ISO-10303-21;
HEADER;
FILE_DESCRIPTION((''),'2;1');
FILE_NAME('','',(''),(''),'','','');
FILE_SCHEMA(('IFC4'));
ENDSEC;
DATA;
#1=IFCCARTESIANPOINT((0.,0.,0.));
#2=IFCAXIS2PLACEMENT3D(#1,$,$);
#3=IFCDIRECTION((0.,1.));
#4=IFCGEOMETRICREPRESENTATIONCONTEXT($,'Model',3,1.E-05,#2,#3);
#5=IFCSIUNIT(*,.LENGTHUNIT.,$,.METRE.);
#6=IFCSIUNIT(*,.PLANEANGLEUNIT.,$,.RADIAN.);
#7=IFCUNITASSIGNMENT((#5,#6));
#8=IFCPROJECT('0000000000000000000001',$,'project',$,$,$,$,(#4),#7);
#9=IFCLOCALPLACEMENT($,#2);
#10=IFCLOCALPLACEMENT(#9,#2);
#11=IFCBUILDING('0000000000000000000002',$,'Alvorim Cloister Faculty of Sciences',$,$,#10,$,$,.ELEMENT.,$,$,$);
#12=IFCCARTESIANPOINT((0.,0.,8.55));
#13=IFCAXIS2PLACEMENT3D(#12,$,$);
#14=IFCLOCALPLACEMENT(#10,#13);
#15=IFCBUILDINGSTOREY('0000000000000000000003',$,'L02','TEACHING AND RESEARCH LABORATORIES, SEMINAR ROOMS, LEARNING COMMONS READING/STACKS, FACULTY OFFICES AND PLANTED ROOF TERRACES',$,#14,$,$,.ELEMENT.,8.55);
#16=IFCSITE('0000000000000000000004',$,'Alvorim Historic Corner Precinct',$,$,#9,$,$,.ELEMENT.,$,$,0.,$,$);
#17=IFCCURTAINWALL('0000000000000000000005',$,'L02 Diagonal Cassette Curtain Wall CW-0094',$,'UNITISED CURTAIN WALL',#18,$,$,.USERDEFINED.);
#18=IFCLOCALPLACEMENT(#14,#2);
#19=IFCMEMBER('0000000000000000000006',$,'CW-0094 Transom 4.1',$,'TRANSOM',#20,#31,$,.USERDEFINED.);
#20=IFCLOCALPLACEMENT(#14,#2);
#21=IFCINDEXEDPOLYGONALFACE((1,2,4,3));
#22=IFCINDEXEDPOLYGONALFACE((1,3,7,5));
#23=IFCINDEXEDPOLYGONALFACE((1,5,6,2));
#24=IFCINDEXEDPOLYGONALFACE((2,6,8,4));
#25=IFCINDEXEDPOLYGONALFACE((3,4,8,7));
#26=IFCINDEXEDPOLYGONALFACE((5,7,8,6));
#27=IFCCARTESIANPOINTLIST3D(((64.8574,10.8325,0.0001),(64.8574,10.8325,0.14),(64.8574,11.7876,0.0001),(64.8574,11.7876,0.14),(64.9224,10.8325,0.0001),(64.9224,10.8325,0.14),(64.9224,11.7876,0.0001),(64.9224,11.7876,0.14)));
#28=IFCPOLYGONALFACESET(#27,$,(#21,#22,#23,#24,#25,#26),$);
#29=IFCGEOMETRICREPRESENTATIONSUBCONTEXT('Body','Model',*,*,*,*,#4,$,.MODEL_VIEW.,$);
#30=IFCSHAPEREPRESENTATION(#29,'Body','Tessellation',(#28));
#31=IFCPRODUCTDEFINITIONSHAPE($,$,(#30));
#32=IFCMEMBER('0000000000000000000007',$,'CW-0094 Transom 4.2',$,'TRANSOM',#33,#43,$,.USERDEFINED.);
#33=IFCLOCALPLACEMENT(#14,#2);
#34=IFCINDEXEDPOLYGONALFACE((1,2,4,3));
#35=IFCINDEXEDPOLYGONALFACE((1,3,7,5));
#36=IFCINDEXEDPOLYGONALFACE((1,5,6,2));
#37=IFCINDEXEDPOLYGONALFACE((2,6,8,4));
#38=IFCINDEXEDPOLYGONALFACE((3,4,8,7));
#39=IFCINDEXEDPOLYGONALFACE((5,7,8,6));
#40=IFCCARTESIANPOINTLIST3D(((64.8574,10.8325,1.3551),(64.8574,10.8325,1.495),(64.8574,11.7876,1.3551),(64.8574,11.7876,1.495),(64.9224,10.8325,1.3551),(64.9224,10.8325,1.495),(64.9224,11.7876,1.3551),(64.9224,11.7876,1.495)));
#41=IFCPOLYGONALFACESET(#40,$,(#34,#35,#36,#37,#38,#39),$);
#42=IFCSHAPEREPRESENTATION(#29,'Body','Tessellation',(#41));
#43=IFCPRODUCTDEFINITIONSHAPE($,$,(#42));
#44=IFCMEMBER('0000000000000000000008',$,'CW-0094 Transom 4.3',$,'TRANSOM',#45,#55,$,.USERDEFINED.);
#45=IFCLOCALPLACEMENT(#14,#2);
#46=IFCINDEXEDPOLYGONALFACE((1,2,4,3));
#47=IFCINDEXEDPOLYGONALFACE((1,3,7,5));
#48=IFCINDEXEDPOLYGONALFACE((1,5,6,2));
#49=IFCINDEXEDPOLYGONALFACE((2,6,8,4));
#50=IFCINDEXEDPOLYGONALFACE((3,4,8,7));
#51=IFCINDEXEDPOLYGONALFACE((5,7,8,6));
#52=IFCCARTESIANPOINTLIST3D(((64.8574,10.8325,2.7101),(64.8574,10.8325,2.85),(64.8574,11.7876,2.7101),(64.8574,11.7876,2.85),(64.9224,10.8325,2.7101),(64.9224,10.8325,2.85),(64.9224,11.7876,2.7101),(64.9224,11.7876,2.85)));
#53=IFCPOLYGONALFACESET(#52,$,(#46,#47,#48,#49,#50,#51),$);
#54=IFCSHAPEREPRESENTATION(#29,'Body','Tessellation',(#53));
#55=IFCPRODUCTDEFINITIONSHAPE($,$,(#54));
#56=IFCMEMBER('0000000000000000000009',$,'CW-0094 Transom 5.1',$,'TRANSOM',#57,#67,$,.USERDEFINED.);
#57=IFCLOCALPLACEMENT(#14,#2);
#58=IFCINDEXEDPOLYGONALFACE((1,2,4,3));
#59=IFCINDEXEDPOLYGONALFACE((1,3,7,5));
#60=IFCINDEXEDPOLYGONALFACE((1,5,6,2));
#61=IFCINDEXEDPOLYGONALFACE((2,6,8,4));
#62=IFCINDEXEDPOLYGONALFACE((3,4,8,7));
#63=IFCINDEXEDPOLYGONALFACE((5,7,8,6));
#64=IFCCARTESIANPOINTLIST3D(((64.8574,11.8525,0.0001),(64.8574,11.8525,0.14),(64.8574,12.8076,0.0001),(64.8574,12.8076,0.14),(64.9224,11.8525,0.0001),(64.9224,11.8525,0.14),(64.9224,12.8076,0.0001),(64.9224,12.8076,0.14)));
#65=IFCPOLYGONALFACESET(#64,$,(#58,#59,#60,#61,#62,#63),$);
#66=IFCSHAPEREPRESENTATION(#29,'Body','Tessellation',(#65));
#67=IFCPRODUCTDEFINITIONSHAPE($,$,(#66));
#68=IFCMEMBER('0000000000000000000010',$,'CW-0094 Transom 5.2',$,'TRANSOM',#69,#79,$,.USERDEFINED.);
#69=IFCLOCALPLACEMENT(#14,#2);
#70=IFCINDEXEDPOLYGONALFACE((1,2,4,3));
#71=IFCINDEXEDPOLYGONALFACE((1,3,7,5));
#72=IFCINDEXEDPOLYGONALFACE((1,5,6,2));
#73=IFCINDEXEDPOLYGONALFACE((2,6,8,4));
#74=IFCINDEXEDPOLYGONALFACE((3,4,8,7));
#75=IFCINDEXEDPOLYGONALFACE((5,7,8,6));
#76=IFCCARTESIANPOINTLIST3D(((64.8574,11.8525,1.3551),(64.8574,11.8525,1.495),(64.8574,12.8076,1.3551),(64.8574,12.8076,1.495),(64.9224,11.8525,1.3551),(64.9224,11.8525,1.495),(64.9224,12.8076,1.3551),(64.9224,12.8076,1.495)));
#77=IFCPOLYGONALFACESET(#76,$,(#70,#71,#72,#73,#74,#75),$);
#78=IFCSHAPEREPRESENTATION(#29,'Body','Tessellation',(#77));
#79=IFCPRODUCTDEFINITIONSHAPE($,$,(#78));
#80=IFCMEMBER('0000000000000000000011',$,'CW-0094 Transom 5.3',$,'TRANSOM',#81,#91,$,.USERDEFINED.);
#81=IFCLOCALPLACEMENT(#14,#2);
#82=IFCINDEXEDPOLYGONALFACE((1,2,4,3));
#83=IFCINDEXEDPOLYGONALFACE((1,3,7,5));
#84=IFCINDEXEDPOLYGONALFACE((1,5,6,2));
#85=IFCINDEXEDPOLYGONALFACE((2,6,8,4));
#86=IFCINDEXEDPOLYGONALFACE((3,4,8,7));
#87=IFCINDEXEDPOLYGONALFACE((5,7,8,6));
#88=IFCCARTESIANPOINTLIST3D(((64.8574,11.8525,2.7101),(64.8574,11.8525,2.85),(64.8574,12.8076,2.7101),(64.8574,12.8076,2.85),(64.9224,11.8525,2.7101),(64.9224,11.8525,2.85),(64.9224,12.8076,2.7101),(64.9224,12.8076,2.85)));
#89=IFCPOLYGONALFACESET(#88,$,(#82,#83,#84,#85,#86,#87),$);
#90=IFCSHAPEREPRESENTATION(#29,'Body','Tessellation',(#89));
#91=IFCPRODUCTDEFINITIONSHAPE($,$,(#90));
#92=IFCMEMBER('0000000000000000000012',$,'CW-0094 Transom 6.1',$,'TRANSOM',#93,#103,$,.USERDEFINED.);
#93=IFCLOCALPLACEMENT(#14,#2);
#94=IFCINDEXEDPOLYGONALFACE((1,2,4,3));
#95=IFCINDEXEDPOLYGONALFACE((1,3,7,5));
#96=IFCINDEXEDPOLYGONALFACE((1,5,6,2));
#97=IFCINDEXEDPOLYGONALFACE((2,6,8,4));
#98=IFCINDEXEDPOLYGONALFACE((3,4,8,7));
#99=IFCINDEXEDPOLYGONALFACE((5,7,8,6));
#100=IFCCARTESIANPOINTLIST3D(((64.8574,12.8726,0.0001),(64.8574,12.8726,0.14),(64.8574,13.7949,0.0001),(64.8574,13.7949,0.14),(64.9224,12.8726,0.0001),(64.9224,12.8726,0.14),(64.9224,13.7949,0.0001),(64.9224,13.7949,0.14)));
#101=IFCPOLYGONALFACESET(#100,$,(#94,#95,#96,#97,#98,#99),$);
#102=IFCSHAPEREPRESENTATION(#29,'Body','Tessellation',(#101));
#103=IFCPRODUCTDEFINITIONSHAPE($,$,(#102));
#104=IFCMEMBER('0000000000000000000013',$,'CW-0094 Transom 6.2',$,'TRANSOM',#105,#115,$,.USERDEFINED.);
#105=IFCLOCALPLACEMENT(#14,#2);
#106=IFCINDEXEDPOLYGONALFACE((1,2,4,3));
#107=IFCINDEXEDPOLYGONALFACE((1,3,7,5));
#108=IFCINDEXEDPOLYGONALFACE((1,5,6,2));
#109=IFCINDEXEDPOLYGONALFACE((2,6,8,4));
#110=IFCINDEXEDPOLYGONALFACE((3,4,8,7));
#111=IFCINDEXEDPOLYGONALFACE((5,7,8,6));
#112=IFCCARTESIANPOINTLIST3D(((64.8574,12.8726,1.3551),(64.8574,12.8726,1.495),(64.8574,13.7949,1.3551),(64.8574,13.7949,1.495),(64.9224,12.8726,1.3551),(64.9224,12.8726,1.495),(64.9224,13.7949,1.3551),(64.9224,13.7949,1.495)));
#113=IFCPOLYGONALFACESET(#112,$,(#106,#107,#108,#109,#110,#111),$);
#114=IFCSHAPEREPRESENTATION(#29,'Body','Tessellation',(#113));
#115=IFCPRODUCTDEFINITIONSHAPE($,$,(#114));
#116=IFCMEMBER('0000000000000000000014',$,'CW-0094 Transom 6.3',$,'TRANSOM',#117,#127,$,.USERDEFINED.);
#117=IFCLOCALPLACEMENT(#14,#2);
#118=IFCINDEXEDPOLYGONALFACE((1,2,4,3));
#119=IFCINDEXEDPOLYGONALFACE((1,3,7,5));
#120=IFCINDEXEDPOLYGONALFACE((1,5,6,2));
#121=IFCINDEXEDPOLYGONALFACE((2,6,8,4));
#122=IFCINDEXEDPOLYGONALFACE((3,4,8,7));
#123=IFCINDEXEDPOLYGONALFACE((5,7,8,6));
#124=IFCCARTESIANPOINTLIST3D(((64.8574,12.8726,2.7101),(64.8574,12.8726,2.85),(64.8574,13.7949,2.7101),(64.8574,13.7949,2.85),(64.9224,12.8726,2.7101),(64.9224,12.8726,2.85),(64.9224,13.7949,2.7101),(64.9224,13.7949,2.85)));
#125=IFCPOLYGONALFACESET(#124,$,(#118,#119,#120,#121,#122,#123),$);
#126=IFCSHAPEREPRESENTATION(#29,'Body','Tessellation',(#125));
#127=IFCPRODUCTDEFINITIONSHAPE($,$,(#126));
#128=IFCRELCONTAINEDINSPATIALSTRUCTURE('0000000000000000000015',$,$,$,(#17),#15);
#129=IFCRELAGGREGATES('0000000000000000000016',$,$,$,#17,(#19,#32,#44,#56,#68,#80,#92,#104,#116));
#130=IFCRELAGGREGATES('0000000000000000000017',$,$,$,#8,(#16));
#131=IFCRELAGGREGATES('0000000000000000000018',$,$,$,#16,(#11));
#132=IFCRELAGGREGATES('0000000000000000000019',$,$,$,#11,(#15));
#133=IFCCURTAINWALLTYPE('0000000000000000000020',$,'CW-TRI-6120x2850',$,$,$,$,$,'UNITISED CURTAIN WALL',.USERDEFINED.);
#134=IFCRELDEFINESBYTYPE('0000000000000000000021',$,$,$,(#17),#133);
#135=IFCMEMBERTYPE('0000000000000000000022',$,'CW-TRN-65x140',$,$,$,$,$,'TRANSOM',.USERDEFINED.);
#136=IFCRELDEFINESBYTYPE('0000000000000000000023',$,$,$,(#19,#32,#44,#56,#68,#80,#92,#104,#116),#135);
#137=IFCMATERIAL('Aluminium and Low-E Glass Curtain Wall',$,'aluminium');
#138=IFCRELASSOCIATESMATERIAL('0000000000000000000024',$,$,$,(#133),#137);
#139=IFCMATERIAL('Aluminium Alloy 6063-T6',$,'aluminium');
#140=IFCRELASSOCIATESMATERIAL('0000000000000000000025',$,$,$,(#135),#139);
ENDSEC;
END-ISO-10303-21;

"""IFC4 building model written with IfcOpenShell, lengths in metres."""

from ifc_helpers import new_model, si_unit, direction, frame, origin, origin_2d, place, context, subcontext, project, spatial, rectangle, extrude, material, material_profile, profile_set, type_object, element, aggregate, save


model = new_model("IFC4")

# Units and contexts
model_context = context("Model", 3, precision=1e-05, world=origin(), true_north=direction((0.0, 1.0)))
body_context = subcontext(model_context, "Body", "Model", "MODEL_VIEW")
ifc_project = project(units=[si_unit("LENGTHUNIT", "METRE"), si_unit("PLANEANGLEUNIT", "RADIAN")], contexts=[model_context])

# Site, building, storey
site_placement = place(None, origin())
site = spatial("IfcSite", under=ifc_project, at=site_placement, Name="Alvorim Historic Corner Precinct", CompositionType="ELEMENT", RefElevation=0.0)
building_placement = place(site_placement, origin())
building = spatial("IfcBuilding", under=site, at=building_placement, Name="Alvorim Cloister Faculty of Sciences", CompositionType="ELEMENT")
storey_placement = place(building_placement, frame((0.0, 0.0, 8.55)))
storey = spatial("IfcBuildingStorey", under=building, at=storey_placement, Name="L02", Description="TEACHING AND RESEARCH LABORATORIES, SEMINAR ROOMS, LEARNING COMMONS READING/STACKS, FACULTY OFFICES AND PLANTED ROOF TERRACES", CompositionType="ELEMENT", Elevation=8.55)

# Curtain wall, members
ifc_material_1 = material(Name="Aluminium and Low-E Glass Curtain Wall", Category="aluminium")
curtain_wall_type = type_object("IfcCurtainWallType", Name="CW-TRI-6120x2850", ElementType="UNITISED CURTAIN WALL", PredefinedType="USERDEFINED", material=ifc_material_1)
curtain_wall_placement = place(storey_placement, origin())
curtain_wall = element("IfcCurtainWall", 1, at=curtain_wall_placement, inside=storey, type_object=curtain_wall_type, Name="L02 Diagonal Cassette Curtain Wall CW-0094", ObjectType="UNITISED CURTAIN WALL", PredefinedType="USERDEFINED")
ifc_material_2 = material(Name="Aluminium Alloy 6063-T6", Category="aluminium")
ifc_material_profile_1 = material_profile(ifc_material_2, rectangle(XDim=0.0649, YDim=0.1399, at=origin_2d()), Name="ALU-TRN-65x140")
ifc_profile_set_1 = profile_set([ifc_material_profile_1], Name="Aluminium Alloy 6063-T6")
member_type_1 = type_object("IfcMemberType", Name="CW-TRN-65x140", ElementType="TRANSOM", PredefinedType="USERDEFINED", material=ifc_profile_set_1)
member_1_placement = place(storey_placement, frame((64.8899, 10.8325, 0.0701), z_axis=(0.0, 1.0, 0.0), x_axis=(-1.0, 0.0, 0.0)))
member_1 = element("IfcMember", 2, at=member_1_placement, type_object=member_type_1, Name="CW-0094 Transom 4.1", ObjectType="TRANSOM", PredefinedType="USERDEFINED", context=body_context, shape_type="SweptSolid", body=[
    extrude(rectangle(XDim=0.0649, YDim=0.1399, at=origin_2d()), origin(), (0.0, 0.0, 1.0), 0.9551),
])
member_2_placement = place(storey_placement, frame((64.8899, 10.8325, 1.425), z_axis=(0.0, 1.0, 0.0), x_axis=(-1.0, 0.0, 0.0)))
member_2 = element("IfcMember", 3, at=member_2_placement, type_object=member_type_1, Name="CW-0094 Transom 4.2", ObjectType="TRANSOM", PredefinedType="USERDEFINED", context=body_context, shape_type="SweptSolid", body=[
    extrude(rectangle(XDim=0.0649, YDim=0.1399, at=origin_2d()), origin(), (0.0, 0.0, 1.0), 0.9551),
])
member_3_placement = place(storey_placement, frame((64.8899, 10.8325, 2.78), z_axis=(0.0, 1.0, 0.0), x_axis=(-1.0, 0.0, 0.0)))
member_3 = element("IfcMember", 4, at=member_3_placement, type_object=member_type_1, Name="CW-0094 Transom 4.3", ObjectType="TRANSOM", PredefinedType="USERDEFINED", context=body_context, shape_type="SweptSolid", body=[
    extrude(rectangle(XDim=0.0649, YDim=0.1399, at=origin_2d()), origin(), (0.0, 0.0, 1.0), 0.9551),
])
member_4_placement = place(storey_placement, frame((64.8899, 11.8525, 0.0701), z_axis=(0.0, 1.0, 0.0), x_axis=(-1.0, 0.0, 0.0)))
member_4 = element("IfcMember", 5, at=member_4_placement, type_object=member_type_1, Name="CW-0094 Transom 5.1", ObjectType="TRANSOM", PredefinedType="USERDEFINED", context=body_context, shape_type="SweptSolid", body=[
    extrude(rectangle(XDim=0.0649, YDim=0.1399, at=origin_2d()), origin(), (0.0, 0.0, 1.0), 0.9551),
])
member_5_placement = place(storey_placement, frame((64.8899, 11.8525, 1.425), z_axis=(0.0, 1.0, 0.0), x_axis=(-1.0, 0.0, 0.0)))
member_5 = element("IfcMember", 6, at=member_5_placement, type_object=member_type_1, Name="CW-0094 Transom 5.2", ObjectType="TRANSOM", PredefinedType="USERDEFINED", context=body_context, shape_type="SweptSolid", body=[
    extrude(rectangle(XDim=0.0649, YDim=0.1399, at=origin_2d()), origin(), (0.0, 0.0, 1.0), 0.9551),
])
member_6_placement = place(storey_placement, frame((64.8899, 11.8525, 2.78), z_axis=(0.0, 1.0, 0.0), x_axis=(-1.0, 0.0, 0.0)))
member_6 = element("IfcMember", 7, at=member_6_placement, type_object=member_type_1, Name="CW-0094 Transom 5.3", ObjectType="TRANSOM", PredefinedType="USERDEFINED", context=body_context, shape_type="SweptSolid", body=[
    extrude(rectangle(XDim=0.0649, YDim=0.1399, at=origin_2d()), origin(), (0.0, 0.0, 1.0), 0.9551),
])
member_7_placement = place(storey_placement, frame((64.8899, 12.8726, 0.0701), z_axis=(0.0, 1.0, 0.0), x_axis=(-1.0, 0.0, 0.0)))
member_7 = element("IfcMember", 8, at=member_7_placement, type_object=member_type_1, Name="CW-0094 Transom 6.1", ObjectType="TRANSOM", PredefinedType="USERDEFINED", context=body_context, shape_type="SweptSolid", body=[
    extrude(rectangle(XDim=0.0649, YDim=0.1399, at=origin_2d()), origin(), (0.0, 0.0, 1.0), 0.9224),
])
member_8_placement = place(storey_placement, frame((64.8899, 12.8726, 1.425), z_axis=(0.0, 1.0, 0.0), x_axis=(-1.0, 0.0, 0.0)))
member_8 = element("IfcMember", 9, at=member_8_placement, type_object=member_type_1, Name="CW-0094 Transom 6.2", ObjectType="TRANSOM", PredefinedType="USERDEFINED", context=body_context, shape_type="SweptSolid", body=[
    extrude(rectangle(XDim=0.0649, YDim=0.1399, at=origin_2d()), origin(), (0.0, 0.0, 1.0), 0.9224),
])
member_9_placement = place(storey_placement, frame((64.8899, 12.8726, 2.78), z_axis=(0.0, 1.0, 0.0), x_axis=(-1.0, 0.0, 0.0)))
member_9 = element("IfcMember", 10, at=member_9_placement, type_object=member_type_1, Name="CW-0094 Transom 6.3", ObjectType="TRANSOM", PredefinedType="USERDEFINED", context=body_context, shape_type="SweptSolid", body=[
    extrude(rectangle(XDim=0.0649, YDim=0.1399, at=origin_2d()), origin(), (0.0, 0.0, 1.0), 0.9224),
])
aggregate(curtain_wall, [member_1, member_2, member_3, member_4, member_5, member_6, member_7, member_8, member_9])

save(model, "model.ifc")
